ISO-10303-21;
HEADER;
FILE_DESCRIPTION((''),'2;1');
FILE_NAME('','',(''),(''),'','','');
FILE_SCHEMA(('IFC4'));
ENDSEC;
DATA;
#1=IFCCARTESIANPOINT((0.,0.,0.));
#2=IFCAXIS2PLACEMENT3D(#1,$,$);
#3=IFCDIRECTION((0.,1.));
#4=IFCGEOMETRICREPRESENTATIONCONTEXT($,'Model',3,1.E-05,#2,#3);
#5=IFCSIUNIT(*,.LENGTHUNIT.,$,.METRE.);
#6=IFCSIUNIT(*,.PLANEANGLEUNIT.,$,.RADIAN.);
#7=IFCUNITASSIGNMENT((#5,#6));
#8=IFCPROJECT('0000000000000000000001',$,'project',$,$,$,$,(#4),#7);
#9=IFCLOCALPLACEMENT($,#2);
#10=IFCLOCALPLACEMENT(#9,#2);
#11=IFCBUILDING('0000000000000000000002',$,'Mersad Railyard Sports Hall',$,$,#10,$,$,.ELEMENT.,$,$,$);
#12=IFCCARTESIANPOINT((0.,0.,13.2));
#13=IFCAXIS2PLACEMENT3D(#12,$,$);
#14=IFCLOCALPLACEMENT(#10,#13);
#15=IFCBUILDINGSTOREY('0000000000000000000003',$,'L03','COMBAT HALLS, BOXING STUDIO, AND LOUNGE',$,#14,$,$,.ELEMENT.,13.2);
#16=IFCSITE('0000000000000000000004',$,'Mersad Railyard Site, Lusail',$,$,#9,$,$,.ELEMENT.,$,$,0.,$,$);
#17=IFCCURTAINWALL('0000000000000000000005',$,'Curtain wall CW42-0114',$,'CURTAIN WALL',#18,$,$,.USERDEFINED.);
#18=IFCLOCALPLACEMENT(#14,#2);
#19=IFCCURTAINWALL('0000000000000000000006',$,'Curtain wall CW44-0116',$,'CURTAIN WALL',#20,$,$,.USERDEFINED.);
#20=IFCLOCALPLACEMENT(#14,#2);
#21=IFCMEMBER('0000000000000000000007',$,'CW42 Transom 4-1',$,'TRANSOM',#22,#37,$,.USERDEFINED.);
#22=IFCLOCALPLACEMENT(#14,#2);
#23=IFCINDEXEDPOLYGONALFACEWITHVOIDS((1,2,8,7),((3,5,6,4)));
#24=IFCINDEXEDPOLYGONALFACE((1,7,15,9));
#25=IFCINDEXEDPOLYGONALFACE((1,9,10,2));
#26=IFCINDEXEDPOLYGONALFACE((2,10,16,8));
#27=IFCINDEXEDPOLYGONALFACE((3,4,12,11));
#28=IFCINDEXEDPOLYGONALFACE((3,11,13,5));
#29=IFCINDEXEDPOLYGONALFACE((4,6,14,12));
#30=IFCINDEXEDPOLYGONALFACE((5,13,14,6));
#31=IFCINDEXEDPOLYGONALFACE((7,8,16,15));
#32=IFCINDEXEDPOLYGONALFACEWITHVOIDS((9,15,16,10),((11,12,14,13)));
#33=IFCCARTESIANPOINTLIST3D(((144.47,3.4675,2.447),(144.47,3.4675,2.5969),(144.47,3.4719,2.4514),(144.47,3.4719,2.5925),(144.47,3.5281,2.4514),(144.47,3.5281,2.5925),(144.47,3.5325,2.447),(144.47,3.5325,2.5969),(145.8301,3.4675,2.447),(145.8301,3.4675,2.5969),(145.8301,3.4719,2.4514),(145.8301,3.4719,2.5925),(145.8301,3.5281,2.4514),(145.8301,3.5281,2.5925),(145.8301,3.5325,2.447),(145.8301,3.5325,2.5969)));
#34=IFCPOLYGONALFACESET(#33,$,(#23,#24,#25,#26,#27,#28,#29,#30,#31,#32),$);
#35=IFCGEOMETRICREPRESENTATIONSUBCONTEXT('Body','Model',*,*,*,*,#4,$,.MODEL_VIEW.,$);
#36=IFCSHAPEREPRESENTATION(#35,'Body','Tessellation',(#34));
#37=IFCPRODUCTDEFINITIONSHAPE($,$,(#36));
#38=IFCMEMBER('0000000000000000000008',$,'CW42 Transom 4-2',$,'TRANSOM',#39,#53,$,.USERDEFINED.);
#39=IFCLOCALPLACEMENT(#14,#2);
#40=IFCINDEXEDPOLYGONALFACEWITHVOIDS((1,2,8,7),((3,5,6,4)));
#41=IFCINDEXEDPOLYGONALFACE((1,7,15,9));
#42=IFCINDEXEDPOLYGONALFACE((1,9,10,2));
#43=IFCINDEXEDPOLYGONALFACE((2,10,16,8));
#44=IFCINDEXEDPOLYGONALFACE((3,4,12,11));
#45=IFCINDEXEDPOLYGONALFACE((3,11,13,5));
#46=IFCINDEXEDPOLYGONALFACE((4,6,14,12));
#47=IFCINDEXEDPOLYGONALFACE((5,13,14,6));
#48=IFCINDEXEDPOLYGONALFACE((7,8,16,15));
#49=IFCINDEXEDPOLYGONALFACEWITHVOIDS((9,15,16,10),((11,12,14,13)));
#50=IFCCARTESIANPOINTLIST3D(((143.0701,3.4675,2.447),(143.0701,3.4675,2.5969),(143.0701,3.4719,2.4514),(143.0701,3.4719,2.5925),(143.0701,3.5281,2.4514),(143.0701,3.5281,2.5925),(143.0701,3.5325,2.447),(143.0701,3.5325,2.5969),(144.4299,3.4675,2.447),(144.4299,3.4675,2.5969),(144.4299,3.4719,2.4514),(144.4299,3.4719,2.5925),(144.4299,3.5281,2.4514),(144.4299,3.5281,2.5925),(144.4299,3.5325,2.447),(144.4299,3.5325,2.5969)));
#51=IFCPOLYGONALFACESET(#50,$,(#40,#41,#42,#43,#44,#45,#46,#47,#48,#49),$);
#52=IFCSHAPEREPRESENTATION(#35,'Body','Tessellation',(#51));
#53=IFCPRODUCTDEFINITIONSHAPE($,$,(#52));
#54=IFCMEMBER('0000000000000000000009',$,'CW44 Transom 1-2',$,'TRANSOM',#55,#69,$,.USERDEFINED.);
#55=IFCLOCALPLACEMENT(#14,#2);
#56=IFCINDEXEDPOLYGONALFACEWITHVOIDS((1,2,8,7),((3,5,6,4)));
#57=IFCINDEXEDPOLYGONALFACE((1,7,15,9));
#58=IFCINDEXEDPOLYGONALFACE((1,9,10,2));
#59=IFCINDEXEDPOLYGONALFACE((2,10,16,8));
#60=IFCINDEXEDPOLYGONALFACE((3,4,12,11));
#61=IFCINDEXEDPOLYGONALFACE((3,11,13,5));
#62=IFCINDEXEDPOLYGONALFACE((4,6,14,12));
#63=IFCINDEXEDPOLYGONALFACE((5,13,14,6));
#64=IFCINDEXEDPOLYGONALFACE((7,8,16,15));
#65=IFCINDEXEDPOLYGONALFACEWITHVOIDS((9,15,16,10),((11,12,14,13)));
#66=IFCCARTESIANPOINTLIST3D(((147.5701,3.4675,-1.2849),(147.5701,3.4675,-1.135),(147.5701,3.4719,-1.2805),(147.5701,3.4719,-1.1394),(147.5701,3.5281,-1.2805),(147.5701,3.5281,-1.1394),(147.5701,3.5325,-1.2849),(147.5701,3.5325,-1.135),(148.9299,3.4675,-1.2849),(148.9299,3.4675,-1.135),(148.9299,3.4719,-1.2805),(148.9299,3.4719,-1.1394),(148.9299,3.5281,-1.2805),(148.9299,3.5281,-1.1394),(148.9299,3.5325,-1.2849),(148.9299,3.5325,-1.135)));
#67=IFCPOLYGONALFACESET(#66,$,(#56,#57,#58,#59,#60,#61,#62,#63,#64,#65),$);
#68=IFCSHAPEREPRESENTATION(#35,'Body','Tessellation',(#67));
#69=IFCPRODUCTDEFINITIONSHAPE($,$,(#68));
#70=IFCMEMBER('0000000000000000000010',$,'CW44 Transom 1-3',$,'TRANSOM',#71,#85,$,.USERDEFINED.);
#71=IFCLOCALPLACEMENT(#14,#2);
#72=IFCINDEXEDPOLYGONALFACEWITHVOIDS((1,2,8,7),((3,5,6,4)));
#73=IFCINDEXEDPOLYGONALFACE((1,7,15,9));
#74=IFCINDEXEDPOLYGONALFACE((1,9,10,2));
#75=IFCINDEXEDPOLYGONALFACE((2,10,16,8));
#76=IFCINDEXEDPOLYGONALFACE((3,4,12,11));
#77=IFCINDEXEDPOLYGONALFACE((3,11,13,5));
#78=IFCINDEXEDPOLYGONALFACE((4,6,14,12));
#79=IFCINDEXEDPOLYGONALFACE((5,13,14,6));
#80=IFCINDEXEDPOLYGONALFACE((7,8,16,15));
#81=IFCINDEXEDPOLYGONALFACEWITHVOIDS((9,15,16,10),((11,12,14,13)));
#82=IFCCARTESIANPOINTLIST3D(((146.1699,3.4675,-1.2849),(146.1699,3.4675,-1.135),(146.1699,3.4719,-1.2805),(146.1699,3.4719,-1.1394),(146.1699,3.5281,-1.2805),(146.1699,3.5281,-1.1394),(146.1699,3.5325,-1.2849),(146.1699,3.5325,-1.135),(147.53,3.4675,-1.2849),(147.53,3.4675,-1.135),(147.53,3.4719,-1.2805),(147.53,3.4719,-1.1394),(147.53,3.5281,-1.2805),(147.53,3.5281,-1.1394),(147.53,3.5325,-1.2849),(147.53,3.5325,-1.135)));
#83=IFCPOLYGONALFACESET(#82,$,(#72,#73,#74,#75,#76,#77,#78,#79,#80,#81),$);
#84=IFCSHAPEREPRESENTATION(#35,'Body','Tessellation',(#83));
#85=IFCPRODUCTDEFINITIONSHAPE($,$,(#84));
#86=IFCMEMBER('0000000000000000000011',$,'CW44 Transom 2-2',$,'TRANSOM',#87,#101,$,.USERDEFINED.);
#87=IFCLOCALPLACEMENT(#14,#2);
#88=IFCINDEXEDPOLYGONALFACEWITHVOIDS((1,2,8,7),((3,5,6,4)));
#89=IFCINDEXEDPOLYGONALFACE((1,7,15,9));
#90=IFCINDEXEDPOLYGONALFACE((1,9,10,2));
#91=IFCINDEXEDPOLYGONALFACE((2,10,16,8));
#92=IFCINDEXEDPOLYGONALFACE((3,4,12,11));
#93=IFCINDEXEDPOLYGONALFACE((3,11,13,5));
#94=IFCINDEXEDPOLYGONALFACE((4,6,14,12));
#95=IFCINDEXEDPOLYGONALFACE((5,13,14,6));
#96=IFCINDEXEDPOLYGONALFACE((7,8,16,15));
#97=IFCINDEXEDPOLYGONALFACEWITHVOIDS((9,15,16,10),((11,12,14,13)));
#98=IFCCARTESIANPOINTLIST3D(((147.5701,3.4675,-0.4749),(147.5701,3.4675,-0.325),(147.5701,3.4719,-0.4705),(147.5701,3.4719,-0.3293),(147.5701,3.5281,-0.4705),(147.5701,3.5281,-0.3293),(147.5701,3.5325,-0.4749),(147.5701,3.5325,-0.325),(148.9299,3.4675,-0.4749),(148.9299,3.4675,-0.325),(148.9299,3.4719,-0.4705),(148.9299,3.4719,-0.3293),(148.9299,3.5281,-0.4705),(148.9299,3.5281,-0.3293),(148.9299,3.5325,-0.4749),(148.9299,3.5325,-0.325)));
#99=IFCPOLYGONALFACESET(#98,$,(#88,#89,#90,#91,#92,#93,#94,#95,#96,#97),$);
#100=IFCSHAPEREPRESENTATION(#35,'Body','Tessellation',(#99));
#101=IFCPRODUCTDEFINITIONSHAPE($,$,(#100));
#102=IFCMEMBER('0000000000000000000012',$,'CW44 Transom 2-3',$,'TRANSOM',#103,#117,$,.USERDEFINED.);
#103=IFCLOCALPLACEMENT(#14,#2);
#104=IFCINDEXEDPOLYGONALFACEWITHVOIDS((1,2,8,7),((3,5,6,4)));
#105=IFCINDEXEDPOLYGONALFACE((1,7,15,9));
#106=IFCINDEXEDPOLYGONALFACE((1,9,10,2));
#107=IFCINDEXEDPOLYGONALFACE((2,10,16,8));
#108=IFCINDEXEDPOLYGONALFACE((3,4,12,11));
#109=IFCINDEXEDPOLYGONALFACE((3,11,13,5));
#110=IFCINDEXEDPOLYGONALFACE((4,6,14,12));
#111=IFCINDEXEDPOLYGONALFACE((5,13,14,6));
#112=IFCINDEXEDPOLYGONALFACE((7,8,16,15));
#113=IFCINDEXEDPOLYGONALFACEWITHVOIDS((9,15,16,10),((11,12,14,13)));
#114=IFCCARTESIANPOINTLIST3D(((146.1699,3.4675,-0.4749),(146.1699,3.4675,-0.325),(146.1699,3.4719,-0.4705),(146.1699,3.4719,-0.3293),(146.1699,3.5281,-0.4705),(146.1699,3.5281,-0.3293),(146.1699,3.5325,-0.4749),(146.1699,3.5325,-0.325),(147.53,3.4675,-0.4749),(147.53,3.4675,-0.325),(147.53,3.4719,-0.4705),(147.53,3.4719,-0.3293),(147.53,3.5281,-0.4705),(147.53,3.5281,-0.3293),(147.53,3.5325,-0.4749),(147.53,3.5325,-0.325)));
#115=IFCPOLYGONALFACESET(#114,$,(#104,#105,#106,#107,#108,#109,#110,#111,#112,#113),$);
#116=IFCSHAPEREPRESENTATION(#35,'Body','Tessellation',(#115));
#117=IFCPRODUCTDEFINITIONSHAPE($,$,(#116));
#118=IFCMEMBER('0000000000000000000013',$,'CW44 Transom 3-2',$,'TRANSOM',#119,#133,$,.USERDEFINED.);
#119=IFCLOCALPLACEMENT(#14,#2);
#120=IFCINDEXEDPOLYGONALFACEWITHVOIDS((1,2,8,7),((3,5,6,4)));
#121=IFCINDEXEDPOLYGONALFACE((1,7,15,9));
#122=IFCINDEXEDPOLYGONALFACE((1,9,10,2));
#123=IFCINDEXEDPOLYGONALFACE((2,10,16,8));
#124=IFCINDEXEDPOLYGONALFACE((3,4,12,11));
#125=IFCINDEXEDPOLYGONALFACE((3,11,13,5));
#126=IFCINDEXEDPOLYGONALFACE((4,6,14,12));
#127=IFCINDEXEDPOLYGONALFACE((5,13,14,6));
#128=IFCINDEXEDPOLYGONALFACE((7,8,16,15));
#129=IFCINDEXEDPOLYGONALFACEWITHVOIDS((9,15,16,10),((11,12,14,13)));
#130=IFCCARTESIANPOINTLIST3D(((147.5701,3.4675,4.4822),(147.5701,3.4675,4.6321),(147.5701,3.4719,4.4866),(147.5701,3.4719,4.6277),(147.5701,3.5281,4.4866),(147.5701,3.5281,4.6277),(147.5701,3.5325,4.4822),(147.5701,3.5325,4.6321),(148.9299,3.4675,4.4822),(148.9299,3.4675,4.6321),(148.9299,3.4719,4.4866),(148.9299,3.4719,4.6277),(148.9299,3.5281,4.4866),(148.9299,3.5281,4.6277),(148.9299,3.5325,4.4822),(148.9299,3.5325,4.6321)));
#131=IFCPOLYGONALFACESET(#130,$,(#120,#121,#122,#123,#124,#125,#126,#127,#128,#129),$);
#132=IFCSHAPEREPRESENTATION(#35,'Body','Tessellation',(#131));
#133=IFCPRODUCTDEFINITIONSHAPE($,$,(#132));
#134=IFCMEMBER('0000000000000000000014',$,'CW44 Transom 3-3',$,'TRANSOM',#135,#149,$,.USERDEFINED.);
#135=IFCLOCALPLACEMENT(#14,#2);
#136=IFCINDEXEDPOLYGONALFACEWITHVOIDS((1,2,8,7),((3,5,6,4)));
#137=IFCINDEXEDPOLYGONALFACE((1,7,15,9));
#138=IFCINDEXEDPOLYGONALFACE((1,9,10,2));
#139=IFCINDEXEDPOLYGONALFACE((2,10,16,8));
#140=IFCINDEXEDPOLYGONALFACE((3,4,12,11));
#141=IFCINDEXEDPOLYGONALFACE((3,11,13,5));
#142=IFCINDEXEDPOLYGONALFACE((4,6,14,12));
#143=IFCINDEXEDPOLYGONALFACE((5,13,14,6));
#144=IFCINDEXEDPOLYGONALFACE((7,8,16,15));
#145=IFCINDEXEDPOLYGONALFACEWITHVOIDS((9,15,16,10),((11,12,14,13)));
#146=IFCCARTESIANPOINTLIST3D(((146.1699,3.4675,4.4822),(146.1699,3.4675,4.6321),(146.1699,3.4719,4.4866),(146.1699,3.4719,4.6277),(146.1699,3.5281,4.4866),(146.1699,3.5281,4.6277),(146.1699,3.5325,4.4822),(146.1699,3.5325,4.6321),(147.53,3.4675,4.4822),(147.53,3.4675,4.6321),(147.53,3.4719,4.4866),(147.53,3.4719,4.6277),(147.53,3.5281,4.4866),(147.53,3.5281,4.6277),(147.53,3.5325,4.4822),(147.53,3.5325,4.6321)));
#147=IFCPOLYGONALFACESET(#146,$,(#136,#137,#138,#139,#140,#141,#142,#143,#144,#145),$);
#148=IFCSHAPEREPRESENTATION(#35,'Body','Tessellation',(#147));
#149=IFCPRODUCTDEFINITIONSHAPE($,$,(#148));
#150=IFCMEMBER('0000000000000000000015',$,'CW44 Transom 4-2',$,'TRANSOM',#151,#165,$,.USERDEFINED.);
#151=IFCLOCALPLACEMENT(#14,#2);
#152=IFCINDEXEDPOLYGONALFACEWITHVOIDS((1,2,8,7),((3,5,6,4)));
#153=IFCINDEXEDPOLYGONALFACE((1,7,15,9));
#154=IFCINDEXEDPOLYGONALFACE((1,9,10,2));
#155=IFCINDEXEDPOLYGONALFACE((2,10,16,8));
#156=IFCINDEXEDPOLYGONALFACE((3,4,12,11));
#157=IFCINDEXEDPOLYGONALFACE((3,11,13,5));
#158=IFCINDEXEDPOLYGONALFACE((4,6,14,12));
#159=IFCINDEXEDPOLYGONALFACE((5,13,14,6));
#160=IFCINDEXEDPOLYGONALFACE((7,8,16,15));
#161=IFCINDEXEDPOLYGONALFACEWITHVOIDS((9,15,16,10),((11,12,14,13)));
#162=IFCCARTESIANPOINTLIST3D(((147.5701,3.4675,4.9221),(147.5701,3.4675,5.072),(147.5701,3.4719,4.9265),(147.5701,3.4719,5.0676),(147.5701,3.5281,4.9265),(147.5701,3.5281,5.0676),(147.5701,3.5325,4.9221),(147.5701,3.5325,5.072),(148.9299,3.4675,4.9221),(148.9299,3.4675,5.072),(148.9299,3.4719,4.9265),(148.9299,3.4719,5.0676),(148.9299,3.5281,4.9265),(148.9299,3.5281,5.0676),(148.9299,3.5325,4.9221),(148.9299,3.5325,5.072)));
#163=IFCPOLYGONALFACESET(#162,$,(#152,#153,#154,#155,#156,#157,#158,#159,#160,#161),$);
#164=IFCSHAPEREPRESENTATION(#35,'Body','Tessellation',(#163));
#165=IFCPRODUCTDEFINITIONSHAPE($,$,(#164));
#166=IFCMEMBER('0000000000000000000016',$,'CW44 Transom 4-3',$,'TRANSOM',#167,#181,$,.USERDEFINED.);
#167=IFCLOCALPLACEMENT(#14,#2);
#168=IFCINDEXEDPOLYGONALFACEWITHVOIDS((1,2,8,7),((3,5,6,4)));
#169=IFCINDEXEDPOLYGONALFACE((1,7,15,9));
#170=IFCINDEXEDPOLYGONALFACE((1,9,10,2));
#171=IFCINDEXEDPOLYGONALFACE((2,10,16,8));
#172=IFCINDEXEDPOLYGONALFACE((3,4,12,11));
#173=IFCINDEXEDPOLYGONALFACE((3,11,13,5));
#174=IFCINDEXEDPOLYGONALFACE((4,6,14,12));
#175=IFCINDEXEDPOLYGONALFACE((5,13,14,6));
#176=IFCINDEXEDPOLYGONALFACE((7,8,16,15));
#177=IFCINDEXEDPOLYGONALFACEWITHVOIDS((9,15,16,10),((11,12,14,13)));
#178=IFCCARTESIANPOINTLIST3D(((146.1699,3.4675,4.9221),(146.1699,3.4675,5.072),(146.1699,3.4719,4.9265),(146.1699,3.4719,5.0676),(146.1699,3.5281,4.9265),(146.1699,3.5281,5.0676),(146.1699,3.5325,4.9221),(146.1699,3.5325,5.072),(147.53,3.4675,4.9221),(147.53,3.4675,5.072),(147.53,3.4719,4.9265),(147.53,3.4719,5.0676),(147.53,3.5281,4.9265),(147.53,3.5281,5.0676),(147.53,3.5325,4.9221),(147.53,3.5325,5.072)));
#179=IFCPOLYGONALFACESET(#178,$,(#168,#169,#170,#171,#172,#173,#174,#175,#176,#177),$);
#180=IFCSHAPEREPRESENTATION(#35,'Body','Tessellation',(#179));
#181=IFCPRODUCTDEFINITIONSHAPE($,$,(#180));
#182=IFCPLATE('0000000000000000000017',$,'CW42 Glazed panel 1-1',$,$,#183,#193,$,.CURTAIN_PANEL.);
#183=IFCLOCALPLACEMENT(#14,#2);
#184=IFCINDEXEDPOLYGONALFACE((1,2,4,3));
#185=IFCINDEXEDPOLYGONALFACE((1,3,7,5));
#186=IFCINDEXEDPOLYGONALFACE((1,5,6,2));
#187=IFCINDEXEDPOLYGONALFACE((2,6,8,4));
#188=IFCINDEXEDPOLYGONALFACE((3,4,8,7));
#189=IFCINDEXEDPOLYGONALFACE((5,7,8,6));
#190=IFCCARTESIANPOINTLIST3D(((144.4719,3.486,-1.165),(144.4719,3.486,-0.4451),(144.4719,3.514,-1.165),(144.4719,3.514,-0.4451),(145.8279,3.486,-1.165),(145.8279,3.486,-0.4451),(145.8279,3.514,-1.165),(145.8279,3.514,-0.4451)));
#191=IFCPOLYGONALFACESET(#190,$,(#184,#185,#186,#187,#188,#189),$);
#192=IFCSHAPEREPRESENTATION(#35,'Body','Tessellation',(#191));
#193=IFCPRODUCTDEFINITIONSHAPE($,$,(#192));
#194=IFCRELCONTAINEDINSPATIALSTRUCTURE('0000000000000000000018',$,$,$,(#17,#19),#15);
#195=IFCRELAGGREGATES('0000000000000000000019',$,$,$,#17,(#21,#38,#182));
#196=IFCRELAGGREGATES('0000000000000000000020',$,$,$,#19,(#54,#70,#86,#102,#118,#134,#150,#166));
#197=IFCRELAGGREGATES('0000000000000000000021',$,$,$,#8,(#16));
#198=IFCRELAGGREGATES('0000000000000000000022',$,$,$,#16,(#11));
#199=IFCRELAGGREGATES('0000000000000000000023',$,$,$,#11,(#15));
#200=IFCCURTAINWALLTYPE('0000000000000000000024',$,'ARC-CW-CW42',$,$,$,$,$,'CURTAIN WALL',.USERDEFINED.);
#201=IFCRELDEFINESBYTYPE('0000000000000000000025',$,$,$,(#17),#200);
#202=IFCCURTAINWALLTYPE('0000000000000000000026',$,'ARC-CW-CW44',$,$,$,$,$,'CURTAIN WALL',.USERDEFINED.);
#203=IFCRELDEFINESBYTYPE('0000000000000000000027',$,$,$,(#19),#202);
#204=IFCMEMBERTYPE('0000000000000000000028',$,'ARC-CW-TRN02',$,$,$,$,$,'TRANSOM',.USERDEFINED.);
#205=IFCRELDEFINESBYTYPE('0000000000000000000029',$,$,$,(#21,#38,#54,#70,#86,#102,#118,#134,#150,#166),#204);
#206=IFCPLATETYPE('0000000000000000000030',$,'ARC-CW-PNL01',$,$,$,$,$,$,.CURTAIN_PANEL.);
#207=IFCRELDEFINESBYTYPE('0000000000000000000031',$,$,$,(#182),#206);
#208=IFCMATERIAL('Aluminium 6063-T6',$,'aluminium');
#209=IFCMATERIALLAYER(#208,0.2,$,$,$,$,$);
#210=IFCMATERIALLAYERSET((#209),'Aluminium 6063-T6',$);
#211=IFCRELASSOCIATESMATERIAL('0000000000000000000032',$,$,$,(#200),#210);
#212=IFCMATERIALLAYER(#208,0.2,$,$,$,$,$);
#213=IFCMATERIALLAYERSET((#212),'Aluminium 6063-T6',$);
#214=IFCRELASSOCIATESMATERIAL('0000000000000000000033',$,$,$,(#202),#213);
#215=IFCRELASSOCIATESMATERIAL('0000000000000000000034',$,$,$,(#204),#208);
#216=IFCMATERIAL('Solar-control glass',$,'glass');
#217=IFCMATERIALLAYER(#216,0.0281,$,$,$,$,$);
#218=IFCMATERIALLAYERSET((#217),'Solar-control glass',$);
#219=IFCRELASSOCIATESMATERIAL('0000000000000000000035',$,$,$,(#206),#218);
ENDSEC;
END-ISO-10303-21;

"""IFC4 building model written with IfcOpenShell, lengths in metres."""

from ifc_helpers import new_model, si_unit, direction, frame, origin, origin_2d, place, context, subcontext, project, spatial, rectangle, hollow_rectangle, extrude, material, layer, layer_set, material_profile, profile_set, type_object, element, aggregate, save


model = new_model("IFC4")

# Units and contexts
model_context = context("Model", 3, precision=1e-05, world=origin(), true_north=direction((0.0, 1.0)))
body_context = subcontext(model_context, "Body", "Model", "MODEL_VIEW")
ifc_project = project(units=[si_unit("LENGTHUNIT", "METRE"), si_unit("PLANEANGLEUNIT", "RADIAN")], contexts=[model_context])

# Site, building, storey
site_placement = place(None, origin())
site = spatial("IfcSite", under=ifc_project, at=site_placement, Name="Mersad Railyard Site, Lusail", CompositionType="ELEMENT", RefElevation=0.0)
building_placement = place(site_placement, origin())
building = spatial("IfcBuilding", under=site, at=building_placement, Name="Mersad Railyard Sports Hall", CompositionType="ELEMENT")
storey_placement = place(building_placement, frame((0.0, 0.0, 13.2)))
storey = spatial("IfcBuildingStorey", under=building, at=storey_placement, Name="L03", Description="COMBAT HALLS, BOXING STUDIO, AND LOUNGE", CompositionType="ELEMENT", Elevation=13.2)

# Curtain walls
ifc_material_1 = material(Name="Aluminium 6063-T6", Category="aluminium")
ifc_layer_1 = layer(ifc_material_1, 0.2)
ifc_layer_set_1 = layer_set([ifc_layer_1], Name="Aluminium 6063-T6")
curtain_wall_type_1 = type_object("IfcCurtainWallType", Name="ARC-CW-CW42", ElementType="CURTAIN WALL", PredefinedType="USERDEFINED", material=ifc_layer_set_1)
curtain_wall_1_placement = place(storey_placement, origin())
curtain_wall_1 = element("IfcCurtainWall", 1, at=curtain_wall_1_placement, inside=storey, type_object=curtain_wall_type_1, Name="Curtain wall CW42-0114", ObjectType="CURTAIN WALL", PredefinedType="USERDEFINED")
ifc_layer_2 = layer(ifc_material_1, 0.2)
ifc_layer_set_2 = layer_set([ifc_layer_2], Name="Aluminium 6063-T6")
curtain_wall_type_2 = type_object("IfcCurtainWallType", Name="ARC-CW-CW44", ElementType="CURTAIN WALL", PredefinedType="USERDEFINED", material=ifc_layer_set_2)
curtain_wall_2_placement = place(storey_placement, origin())
curtain_wall_2 = element("IfcCurtainWall", 2, at=curtain_wall_2_placement, inside=storey, type_object=curtain_wall_type_2, Name="Curtain wall CW44-0116", ObjectType="CURTAIN WALL", PredefinedType="USERDEFINED")

# Members
ifc_material_profile_1 = material_profile(ifc_material_1, hollow_rectangle(XDim=0.0649, YDim=0.1499, WallThickness=0.0044, at=origin_2d()), Name="AL TRANSOM 65x150x4.5")
ifc_profile_set_1 = profile_set([ifc_material_profile_1], Name="Aluminium 6063-T6")
member_type_1 = type_object("IfcMemberType", Name="ARC-CW-TRN02", ElementType="TRANSOM", PredefinedType="USERDEFINED", material=ifc_profile_set_1)
member_1_placement = place(storey_placement, frame((145.8301, 3.5, 2.522), z_axis=(-1.0, 0.0, 0.0), x_axis=(0.0, -1.0, 0.0)))
member_1 = element("IfcMember", 3, at=member_1_placement, type_object=member_type_1, Name="CW42 Transom 4-1", ObjectType="TRANSOM", PredefinedType="USERDEFINED", context=body_context, shape_type="SweptSolid", body=[
    extrude(hollow_rectangle(XDim=0.0649, YDim=0.1499, WallThickness=0.0044, at=origin_2d()), origin(), (0.0, 0.0, 1.0), 1.3601),
])
member_2_placement = place(storey_placement, frame((144.4299, 3.5, 2.522), z_axis=(-1.0, 0.0, 0.0), x_axis=(0.0, -1.0, 0.0)))
member_2 = element("IfcMember", 4, at=member_2_placement, type_object=member_type_1, Name="CW42 Transom 4-2", ObjectType="TRANSOM", PredefinedType="USERDEFINED", context=body_context, shape_type="SweptSolid", body=[
    extrude(hollow_rectangle(XDim=0.0649, YDim=0.1499, WallThickness=0.0044, at=origin_2d()), origin(), (0.0, 0.0, 1.0), 1.3599),
])
member_3_placement = place(storey_placement, frame((148.9299, 3.5, -1.21), z_axis=(-1.0, 0.0, 0.0), x_axis=(0.0, -1.0, 0.0)))
member_3 = element("IfcMember", 5, at=member_3_placement, type_object=member_type_1, Name="CW44 Transom 1-2", ObjectType="TRANSOM", PredefinedType="USERDEFINED", context=body_context, shape_type="SweptSolid", body=[
    extrude(hollow_rectangle(XDim=0.0649, YDim=0.1499, WallThickness=0.0044, at=origin_2d()), origin(), (0.0, 0.0, 1.0), 1.3599),
])
member_4_placement = place(storey_placement, frame((147.53, 3.5, -1.21), z_axis=(-1.0, 0.0, 0.0), x_axis=(0.0, -1.0, 0.0)))
member_4 = element("IfcMember", 6, at=member_4_placement, type_object=member_type_1, Name="CW44 Transom 1-3", ObjectType="TRANSOM", PredefinedType="USERDEFINED", context=body_context, shape_type="SweptSolid", body=[
    extrude(hollow_rectangle(XDim=0.0649, YDim=0.1499, WallThickness=0.0044, at=origin_2d()), origin(), (0.0, 0.0, 1.0), 1.3601),
])
member_5_placement = place(storey_placement, frame((148.9299, 3.5, -0.3999), z_axis=(-1.0, 0.0, 0.0), x_axis=(0.0, -1.0, 0.0)))
member_5 = element("IfcMember", 7, at=member_5_placement, type_object=member_type_1, Name="CW44 Transom 2-2", ObjectType="TRANSOM", PredefinedType="USERDEFINED", context=body_context, shape_type="SweptSolid", body=[
    extrude(hollow_rectangle(XDim=0.0649, YDim=0.1499, WallThickness=0.0044, at=origin_2d()), origin(), (0.0, 0.0, 1.0), 1.3599),
])
member_6_placement = place(storey_placement, frame((147.53, 3.5, -0.3999), z_axis=(-1.0, 0.0, 0.0), x_axis=(0.0, -1.0, 0.0)))
member_6 = element("IfcMember", 8, at=member_6_placement, type_object=member_type_1, Name="CW44 Transom 2-3", ObjectType="TRANSOM", PredefinedType="USERDEFINED", context=body_context, shape_type="SweptSolid", body=[
    extrude(hollow_rectangle(XDim=0.0649, YDim=0.1499, WallThickness=0.0044, at=origin_2d()), origin(), (0.0, 0.0, 1.0), 1.3601),
])
member_7_placement = place(storey_placement, frame((148.9299, 3.5, 4.5571), z_axis=(-1.0, 0.0, 0.0), x_axis=(0.0, -1.0, 0.0)))
member_7 = element("IfcMember", 9, at=member_7_placement, type_object=member_type_1, Name="CW44 Transom 3-2", ObjectType="TRANSOM", PredefinedType="USERDEFINED", context=body_context, shape_type="SweptSolid", body=[
    extrude(hollow_rectangle(XDim=0.0649, YDim=0.1499, WallThickness=0.0044, at=origin_2d()), origin(), (0.0, 0.0, 1.0), 1.3599),
])
member_8_placement = place(storey_placement, frame((147.53, 3.5, 4.5571), z_axis=(-1.0, 0.0, 0.0), x_axis=(0.0, -1.0, 0.0)))
member_8 = element("IfcMember", 10, at=member_8_placement, type_object=member_type_1, Name="CW44 Transom 3-3", ObjectType="TRANSOM", PredefinedType="USERDEFINED", context=body_context, shape_type="SweptSolid", body=[
    extrude(hollow_rectangle(XDim=0.0649, YDim=0.1499, WallThickness=0.0044, at=origin_2d()), origin(), (0.0, 0.0, 1.0), 1.3601),
])
member_9_placement = place(storey_placement, frame((148.9299, 3.5, 4.9971), z_axis=(-1.0, 0.0, 0.0), x_axis=(0.0, -1.0, 0.0)))
member_9 = element("IfcMember", 11, at=member_9_placement, type_object=member_type_1, Name="CW44 Transom 4-2", ObjectType="TRANSOM", PredefinedType="USERDEFINED", context=body_context, shape_type="SweptSolid", body=[
    extrude(hollow_rectangle(XDim=0.0649, YDim=0.1499, WallThickness=0.0044, at=origin_2d()), origin(), (0.0, 0.0, 1.0), 1.3599),
])
member_10_placement = place(storey_placement, frame((147.53, 3.5, 4.9971), z_axis=(-1.0, 0.0, 0.0), x_axis=(0.0, -1.0, 0.0)))
member_10 = element("IfcMember", 12, at=member_10_placement, type_object=member_type_1, Name="CW44 Transom 4-3", ObjectType="TRANSOM", PredefinedType="USERDEFINED", context=body_context, shape_type="SweptSolid", body=[
    extrude(hollow_rectangle(XDim=0.0649, YDim=0.1499, WallThickness=0.0044, at=origin_2d()), origin(), (0.0, 0.0, 1.0), 1.3601),
])

# Plate
ifc_material_2 = material(Name="Solar-control glass", Category="glass")
ifc_layer_3 = layer(ifc_material_2, 0.0281)
ifc_layer_set_3 = layer_set([ifc_layer_3], Name="Solar-control glass")
plate_type = type_object("IfcPlateType", Name="ARC-CW-PNL01", PredefinedType="CURTAIN_PANEL", material=ifc_layer_set_3)
plate_1_placement = place(storey_placement, frame((145.1499, 3.5, -1.165), z_axis=(0.0, 0.0, 1.0), x_axis=(-1.0, 0.0, 0.0)))
plate_1 = element("IfcPlate", 13, at=plate_1_placement, type_object=plate_type, Name="CW42 Glazed panel 1-1", PredefinedType="CURTAIN_PANEL", context=body_context, shape_type="SweptSolid", body=[
    extrude(rectangle(XDim=1.356, YDim=0.0281, at=origin_2d()), origin(), (0.0, 0.0, 1.0), 0.72),
])
aggregate(curtain_wall_1, [member_1, member_2, plate_1])
aggregate(curtain_wall_2, [member_3, member_4, member_5, member_6, member_7, member_8, member_9, member_10])

save(model, "model.ifc")
